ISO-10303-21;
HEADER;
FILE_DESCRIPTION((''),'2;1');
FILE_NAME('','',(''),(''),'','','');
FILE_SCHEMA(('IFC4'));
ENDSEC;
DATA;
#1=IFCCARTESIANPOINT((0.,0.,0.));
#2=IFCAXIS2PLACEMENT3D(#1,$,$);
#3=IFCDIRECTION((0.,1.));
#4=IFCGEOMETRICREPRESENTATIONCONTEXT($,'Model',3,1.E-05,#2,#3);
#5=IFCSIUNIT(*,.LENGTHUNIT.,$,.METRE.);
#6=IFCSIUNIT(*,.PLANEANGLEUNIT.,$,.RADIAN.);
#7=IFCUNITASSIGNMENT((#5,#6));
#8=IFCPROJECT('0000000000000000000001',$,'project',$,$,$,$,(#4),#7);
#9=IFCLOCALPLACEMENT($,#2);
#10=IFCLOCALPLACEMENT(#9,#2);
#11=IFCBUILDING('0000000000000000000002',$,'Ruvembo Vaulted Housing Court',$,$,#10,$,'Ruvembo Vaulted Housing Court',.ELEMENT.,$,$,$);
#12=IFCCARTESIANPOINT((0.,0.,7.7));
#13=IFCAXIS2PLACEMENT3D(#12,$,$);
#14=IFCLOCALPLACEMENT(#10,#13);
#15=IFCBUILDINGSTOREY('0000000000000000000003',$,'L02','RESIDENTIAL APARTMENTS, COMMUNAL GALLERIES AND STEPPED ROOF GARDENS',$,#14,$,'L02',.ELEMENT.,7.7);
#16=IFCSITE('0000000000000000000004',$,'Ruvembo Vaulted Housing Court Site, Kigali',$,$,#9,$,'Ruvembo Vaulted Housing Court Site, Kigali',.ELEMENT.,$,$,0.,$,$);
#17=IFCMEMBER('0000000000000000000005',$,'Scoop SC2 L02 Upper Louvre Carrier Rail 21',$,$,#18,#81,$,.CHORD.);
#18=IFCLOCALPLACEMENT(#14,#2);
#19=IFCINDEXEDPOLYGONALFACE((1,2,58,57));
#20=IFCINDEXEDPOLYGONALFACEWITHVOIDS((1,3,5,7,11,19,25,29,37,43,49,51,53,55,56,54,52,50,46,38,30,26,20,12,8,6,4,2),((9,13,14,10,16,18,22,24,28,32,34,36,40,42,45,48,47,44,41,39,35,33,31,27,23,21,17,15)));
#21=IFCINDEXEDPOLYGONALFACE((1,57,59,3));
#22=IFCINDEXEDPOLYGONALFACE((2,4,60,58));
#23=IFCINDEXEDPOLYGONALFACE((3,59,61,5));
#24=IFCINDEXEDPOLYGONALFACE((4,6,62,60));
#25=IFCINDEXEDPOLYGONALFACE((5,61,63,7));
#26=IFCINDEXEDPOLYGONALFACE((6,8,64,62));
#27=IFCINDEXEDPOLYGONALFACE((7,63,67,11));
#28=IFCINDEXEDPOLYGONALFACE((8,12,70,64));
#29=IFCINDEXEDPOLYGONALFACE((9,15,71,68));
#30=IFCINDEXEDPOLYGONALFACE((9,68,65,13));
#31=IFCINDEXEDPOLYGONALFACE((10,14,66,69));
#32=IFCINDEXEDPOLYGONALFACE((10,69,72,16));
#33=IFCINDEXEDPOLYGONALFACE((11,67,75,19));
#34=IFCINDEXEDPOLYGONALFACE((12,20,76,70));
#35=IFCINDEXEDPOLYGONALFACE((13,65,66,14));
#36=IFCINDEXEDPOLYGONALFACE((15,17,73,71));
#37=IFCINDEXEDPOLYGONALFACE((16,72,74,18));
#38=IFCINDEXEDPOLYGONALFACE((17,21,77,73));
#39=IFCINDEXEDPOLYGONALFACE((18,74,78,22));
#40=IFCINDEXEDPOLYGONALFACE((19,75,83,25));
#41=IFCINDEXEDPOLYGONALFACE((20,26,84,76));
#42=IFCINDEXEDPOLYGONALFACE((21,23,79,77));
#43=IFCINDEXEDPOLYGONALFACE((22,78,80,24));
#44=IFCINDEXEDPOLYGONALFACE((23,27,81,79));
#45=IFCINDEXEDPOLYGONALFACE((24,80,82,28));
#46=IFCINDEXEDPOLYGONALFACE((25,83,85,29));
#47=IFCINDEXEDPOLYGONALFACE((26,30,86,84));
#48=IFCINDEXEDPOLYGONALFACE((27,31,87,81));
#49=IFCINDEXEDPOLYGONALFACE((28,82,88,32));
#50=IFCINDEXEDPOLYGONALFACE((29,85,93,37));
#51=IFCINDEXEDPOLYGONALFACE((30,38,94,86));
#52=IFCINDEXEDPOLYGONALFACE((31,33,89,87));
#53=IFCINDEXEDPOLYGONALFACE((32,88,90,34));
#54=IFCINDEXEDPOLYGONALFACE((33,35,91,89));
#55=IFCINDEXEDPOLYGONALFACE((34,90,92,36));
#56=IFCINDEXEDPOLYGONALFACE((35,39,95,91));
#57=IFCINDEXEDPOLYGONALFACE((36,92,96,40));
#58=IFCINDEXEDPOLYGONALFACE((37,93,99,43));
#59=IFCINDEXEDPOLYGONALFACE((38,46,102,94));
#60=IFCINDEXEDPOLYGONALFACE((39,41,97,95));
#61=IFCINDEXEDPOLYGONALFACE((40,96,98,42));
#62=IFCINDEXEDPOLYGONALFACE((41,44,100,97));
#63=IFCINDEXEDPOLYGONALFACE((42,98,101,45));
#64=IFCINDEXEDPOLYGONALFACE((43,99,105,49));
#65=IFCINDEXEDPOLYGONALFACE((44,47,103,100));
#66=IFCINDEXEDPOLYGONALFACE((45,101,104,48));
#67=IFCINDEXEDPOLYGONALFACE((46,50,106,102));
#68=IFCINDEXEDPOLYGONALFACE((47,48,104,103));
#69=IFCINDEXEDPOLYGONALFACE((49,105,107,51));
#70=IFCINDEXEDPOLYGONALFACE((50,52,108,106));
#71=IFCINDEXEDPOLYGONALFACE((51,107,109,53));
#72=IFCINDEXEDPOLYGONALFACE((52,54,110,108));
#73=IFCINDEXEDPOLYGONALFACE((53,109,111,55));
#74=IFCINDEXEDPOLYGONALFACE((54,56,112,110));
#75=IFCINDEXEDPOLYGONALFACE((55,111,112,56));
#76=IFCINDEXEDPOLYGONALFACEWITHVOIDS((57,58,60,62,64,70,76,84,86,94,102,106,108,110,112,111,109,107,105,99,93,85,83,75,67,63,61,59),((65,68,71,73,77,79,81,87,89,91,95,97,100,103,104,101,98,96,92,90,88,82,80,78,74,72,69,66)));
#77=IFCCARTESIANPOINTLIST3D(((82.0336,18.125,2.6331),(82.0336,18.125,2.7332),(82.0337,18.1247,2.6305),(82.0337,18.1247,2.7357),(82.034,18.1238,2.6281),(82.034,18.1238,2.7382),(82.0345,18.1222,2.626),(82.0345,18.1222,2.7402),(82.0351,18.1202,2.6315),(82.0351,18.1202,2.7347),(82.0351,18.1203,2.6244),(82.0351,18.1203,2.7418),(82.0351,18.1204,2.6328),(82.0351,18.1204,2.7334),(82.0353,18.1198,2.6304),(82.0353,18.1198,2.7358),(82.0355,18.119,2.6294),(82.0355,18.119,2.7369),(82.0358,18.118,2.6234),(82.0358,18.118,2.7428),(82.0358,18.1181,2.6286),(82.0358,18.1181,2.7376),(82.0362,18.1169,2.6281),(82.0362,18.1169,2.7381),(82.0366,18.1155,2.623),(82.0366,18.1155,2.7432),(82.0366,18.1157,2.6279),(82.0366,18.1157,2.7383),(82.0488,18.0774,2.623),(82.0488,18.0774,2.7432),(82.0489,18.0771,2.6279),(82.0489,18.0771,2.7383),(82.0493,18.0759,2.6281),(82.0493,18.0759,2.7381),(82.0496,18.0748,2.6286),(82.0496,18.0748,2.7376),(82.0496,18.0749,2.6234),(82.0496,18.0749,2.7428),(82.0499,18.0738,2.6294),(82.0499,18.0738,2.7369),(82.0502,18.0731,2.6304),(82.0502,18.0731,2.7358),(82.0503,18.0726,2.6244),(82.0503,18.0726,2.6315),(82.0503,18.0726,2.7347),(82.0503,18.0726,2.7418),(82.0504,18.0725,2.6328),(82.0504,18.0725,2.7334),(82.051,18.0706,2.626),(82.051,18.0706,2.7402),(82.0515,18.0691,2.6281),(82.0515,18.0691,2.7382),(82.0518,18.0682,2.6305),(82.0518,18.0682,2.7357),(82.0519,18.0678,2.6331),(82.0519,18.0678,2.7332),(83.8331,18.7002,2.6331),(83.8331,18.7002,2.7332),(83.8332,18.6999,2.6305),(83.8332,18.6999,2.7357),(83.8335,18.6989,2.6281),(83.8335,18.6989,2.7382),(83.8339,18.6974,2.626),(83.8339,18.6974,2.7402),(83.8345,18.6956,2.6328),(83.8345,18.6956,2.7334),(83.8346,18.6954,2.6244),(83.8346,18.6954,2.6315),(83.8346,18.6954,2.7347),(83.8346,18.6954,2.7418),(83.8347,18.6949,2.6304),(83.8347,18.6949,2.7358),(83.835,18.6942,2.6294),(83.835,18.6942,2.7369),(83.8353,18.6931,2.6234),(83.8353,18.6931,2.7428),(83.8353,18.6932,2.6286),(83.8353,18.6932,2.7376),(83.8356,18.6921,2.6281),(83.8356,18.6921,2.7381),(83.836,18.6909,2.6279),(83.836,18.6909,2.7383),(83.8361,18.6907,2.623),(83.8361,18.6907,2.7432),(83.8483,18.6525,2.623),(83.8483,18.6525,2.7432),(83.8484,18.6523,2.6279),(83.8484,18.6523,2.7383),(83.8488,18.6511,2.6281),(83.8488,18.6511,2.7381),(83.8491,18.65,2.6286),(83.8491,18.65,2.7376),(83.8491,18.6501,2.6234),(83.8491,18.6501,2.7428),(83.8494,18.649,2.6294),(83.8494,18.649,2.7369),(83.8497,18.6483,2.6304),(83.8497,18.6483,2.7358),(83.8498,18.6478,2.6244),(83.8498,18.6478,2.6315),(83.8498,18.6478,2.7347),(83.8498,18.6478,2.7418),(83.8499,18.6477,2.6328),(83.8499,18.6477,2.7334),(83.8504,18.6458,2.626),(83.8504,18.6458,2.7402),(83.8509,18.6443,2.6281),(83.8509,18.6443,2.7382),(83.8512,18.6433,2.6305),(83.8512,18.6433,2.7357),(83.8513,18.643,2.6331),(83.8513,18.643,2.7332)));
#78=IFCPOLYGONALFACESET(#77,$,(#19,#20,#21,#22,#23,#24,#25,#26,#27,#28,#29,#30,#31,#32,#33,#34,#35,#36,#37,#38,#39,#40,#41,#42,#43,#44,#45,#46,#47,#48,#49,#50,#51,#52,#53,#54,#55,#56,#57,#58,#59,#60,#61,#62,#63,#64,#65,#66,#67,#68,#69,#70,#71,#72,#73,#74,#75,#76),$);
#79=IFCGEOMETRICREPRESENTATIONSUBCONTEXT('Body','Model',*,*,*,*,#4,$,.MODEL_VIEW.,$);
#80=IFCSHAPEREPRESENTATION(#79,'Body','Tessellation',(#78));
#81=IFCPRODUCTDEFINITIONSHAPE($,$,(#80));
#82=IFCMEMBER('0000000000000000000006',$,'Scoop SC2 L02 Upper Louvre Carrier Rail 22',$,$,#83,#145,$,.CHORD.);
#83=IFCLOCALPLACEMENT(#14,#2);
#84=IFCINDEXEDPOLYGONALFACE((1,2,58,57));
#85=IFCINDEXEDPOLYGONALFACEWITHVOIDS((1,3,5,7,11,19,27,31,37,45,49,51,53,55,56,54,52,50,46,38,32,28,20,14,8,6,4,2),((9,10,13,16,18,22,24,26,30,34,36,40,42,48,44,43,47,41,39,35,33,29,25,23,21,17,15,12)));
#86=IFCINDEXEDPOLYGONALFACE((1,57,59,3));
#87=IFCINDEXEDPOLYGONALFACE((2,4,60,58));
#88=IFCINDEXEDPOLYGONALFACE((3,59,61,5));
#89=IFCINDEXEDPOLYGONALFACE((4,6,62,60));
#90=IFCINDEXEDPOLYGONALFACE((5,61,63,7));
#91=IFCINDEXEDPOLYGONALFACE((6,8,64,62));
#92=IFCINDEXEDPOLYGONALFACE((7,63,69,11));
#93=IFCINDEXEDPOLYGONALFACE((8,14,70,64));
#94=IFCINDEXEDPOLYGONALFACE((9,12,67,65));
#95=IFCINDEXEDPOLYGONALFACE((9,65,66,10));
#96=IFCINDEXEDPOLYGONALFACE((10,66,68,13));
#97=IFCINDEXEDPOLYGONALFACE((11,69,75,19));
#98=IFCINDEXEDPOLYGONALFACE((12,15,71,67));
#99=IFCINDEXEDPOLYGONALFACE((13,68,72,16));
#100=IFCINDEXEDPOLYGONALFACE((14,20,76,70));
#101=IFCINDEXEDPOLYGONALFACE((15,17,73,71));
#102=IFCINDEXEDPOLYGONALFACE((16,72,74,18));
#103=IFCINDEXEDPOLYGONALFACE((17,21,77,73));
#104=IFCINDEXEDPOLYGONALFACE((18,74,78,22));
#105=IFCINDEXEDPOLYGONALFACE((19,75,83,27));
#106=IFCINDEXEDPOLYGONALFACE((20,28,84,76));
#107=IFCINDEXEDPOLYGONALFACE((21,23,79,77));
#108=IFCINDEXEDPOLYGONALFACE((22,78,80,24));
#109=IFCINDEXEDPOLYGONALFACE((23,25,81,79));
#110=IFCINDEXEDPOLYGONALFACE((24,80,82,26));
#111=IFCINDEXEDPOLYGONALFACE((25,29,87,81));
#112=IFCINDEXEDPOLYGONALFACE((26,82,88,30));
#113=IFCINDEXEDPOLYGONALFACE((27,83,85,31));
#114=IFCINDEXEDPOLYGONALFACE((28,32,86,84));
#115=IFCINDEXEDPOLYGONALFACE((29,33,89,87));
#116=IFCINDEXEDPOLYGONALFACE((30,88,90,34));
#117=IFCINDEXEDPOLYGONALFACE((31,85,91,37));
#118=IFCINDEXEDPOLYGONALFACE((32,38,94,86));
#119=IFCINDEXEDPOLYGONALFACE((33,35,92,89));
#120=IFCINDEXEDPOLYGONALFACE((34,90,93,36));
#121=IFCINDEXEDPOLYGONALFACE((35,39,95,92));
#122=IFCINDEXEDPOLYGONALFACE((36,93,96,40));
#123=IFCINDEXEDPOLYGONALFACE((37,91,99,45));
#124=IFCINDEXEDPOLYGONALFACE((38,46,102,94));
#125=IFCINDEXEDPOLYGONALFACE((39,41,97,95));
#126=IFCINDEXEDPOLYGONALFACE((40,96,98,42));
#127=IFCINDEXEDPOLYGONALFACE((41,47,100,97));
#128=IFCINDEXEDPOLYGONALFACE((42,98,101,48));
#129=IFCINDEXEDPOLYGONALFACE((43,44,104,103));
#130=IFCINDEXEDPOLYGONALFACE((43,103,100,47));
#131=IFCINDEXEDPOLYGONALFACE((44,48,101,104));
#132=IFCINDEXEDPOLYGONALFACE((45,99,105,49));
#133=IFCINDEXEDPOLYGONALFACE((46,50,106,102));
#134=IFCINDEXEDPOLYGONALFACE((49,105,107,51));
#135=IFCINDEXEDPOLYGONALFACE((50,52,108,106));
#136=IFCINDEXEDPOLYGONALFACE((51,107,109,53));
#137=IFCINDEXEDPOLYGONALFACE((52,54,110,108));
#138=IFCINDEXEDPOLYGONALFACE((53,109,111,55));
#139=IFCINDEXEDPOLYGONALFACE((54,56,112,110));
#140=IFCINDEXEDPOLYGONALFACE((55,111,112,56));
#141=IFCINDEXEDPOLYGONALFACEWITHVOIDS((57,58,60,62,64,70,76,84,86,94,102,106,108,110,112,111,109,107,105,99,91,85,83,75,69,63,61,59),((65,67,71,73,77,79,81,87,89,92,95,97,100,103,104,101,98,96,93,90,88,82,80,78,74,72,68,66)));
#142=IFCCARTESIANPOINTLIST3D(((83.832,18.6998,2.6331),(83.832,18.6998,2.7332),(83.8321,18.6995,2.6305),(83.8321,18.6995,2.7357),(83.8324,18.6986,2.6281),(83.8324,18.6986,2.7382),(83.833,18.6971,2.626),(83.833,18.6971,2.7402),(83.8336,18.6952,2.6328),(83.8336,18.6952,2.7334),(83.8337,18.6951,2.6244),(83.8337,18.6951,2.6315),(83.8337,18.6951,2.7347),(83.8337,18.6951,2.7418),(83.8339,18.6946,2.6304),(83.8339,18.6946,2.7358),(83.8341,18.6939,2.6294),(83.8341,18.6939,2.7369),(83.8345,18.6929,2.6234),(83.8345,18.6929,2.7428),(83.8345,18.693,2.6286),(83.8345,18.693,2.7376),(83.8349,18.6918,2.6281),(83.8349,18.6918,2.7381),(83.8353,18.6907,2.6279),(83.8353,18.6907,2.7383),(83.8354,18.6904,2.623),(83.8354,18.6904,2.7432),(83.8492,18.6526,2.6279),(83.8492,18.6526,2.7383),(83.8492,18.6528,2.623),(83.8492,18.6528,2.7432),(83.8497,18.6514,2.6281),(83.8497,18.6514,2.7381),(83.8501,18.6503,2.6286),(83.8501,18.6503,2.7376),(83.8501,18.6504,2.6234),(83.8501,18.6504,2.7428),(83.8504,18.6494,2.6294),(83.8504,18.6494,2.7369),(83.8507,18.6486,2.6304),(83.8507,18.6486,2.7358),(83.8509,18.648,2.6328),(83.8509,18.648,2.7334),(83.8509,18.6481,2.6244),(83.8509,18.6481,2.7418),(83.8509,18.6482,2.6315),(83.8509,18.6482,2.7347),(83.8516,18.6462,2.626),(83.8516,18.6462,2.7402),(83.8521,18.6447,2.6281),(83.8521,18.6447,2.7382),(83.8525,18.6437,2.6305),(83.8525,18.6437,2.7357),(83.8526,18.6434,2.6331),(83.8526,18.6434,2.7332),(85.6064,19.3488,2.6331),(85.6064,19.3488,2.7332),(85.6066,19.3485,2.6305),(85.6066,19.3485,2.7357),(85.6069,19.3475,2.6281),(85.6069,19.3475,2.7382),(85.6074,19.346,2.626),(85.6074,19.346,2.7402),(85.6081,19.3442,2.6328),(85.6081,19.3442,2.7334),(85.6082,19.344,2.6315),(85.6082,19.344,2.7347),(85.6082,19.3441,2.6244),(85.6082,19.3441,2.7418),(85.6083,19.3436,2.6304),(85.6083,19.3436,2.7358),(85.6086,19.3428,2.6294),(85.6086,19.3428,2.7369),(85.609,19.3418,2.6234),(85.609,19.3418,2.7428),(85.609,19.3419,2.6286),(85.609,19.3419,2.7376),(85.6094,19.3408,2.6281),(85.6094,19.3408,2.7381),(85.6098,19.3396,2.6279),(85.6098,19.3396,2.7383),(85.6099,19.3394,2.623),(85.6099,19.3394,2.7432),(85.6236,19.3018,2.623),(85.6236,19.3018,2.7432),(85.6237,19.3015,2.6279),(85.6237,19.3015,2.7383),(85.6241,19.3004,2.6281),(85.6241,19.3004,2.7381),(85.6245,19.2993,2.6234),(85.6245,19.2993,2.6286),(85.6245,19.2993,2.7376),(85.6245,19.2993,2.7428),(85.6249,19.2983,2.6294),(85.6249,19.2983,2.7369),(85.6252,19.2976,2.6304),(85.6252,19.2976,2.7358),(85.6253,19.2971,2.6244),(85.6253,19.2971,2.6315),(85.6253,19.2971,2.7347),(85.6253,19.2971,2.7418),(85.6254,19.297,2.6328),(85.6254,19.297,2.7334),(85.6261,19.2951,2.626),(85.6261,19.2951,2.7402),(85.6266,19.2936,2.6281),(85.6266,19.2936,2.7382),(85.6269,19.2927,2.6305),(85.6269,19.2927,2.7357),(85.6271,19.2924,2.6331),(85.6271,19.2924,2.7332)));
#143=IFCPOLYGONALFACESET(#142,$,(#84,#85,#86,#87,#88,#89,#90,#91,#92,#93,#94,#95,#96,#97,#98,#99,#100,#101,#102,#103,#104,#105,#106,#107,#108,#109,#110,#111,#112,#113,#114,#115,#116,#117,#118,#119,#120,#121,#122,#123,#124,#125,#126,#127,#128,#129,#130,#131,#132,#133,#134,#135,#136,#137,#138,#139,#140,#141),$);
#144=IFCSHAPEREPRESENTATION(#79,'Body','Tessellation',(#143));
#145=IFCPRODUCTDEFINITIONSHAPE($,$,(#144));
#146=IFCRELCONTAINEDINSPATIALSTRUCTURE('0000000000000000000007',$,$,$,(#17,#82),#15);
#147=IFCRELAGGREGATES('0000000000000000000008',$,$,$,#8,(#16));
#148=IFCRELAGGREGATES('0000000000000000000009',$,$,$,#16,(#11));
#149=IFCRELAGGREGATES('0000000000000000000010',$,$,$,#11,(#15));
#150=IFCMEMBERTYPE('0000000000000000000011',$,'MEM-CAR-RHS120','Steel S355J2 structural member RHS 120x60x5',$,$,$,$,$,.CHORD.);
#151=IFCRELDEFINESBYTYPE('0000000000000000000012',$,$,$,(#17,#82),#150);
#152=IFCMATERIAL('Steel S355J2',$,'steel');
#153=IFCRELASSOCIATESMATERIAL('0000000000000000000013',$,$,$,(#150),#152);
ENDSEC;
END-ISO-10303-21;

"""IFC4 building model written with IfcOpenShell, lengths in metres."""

from ifc_helpers import new_model, si_unit, direction, frame, origin, origin_2d, place, context, subcontext, project, spatial, hollow_rectangle, extrude, material, material_profile, profile_set, type_object, element, save


model = new_model("IFC4")

# Units and contexts
model_context = context("Model", 3, precision=1e-05, world=origin(), true_north=direction((0.0, 1.0)))
body_context = subcontext(model_context, "Body", "Model", "MODEL_VIEW")
ifc_project = project(units=[si_unit("LENGTHUNIT", "METRE"), si_unit("PLANEANGLEUNIT", "RADIAN")], contexts=[model_context])

# Site, building, storey
site_placement = place(None, origin())
site = spatial("IfcSite", under=ifc_project, at=site_placement, Name="Ruvembo Vaulted Housing Court Site, Kigali", LongName="Ruvembo Vaulted Housing Court Site, Kigali", CompositionType="ELEMENT", RefElevation=0.0)
building_placement = place(site_placement, origin())
building = spatial("IfcBuilding", under=site, at=building_placement, Name="Ruvembo Vaulted Housing Court", LongName="Ruvembo Vaulted Housing Court", CompositionType="ELEMENT")
storey_placement = place(building_placement, frame((0.0, 0.0, 7.7)))
storey = spatial("IfcBuildingStorey", under=building, at=storey_placement, Name="L02", Description="RESIDENTIAL APARTMENTS, COMMUNAL GALLERIES AND STEPPED ROOF GARDENS", LongName="L02", CompositionType="ELEMENT", Elevation=7.7)

# Shared definitions
ifc_material_1 = material(Name="Steel S355J2", Category="steel")

# Members
ifc_material_profile_1 = material_profile(ifc_material_1, hollow_rectangle(XDim=0.0601, YDim=0.1201, WallThickness=0.0049, InnerFilletRadius=0.0049, OuterFilletRadius=0.01, at=origin_2d()), Name="RHS 120x60x5")
ifc_profile_set_1 = profile_set([ifc_material_profile_1], Name="Steel S355J2")
member_type_1 = type_object("IfcMemberType", Name="MEM-CAR-RHS120", Description="Steel S355J2 structural member RHS 120x60x5", PredefinedType="CHORD", material=ifc_profile_set_1)
member_1_placement = place(storey_placement, frame((82.0427, 18.0964, 2.6831), z_axis=(0.952526, 0.304457, 0.0), x_axis=(-0.304457, 0.952526, 0.0)))
element("IfcMember", 1, at=member_1_placement, inside=storey, type_object=member_type_1, Name="Scoop SC2 L02 Upper Louvre Carrier Rail 21", PredefinedType="CHORD", context=body_context, shape_type="SweptSolid", body=[
    extrude(hollow_rectangle(XDim=0.0601, YDim=0.1201, WallThickness=0.0049, InnerFilletRadius=0.0049, OuterFilletRadius=0.01, at=origin_2d()), origin(), (0.0, 0.0, 1.0), 1.8892),
])
member_2_placement = place(storey_placement, frame((83.8423, 18.6716, 2.6831), z_axis=(0.939166, 0.343465, 0.0), x_axis=(-0.343465, 0.939166, 0.0)))
element("IfcMember", 2, at=member_2_placement, inside=storey, type_object=member_type_1, Name="Scoop SC2 L02 Upper Louvre Carrier Rail 22", PredefinedType="CHORD", context=body_context, shape_type="SweptSolid", body=[
    extrude(hollow_rectangle(XDim=0.0601, YDim=0.1201, WallThickness=0.0049, InnerFilletRadius=0.0049, OuterFilletRadius=0.01, at=origin_2d()), origin(), (0.0, 0.0, 1.0), 1.8894),
])

save(model, "model.ifc")
